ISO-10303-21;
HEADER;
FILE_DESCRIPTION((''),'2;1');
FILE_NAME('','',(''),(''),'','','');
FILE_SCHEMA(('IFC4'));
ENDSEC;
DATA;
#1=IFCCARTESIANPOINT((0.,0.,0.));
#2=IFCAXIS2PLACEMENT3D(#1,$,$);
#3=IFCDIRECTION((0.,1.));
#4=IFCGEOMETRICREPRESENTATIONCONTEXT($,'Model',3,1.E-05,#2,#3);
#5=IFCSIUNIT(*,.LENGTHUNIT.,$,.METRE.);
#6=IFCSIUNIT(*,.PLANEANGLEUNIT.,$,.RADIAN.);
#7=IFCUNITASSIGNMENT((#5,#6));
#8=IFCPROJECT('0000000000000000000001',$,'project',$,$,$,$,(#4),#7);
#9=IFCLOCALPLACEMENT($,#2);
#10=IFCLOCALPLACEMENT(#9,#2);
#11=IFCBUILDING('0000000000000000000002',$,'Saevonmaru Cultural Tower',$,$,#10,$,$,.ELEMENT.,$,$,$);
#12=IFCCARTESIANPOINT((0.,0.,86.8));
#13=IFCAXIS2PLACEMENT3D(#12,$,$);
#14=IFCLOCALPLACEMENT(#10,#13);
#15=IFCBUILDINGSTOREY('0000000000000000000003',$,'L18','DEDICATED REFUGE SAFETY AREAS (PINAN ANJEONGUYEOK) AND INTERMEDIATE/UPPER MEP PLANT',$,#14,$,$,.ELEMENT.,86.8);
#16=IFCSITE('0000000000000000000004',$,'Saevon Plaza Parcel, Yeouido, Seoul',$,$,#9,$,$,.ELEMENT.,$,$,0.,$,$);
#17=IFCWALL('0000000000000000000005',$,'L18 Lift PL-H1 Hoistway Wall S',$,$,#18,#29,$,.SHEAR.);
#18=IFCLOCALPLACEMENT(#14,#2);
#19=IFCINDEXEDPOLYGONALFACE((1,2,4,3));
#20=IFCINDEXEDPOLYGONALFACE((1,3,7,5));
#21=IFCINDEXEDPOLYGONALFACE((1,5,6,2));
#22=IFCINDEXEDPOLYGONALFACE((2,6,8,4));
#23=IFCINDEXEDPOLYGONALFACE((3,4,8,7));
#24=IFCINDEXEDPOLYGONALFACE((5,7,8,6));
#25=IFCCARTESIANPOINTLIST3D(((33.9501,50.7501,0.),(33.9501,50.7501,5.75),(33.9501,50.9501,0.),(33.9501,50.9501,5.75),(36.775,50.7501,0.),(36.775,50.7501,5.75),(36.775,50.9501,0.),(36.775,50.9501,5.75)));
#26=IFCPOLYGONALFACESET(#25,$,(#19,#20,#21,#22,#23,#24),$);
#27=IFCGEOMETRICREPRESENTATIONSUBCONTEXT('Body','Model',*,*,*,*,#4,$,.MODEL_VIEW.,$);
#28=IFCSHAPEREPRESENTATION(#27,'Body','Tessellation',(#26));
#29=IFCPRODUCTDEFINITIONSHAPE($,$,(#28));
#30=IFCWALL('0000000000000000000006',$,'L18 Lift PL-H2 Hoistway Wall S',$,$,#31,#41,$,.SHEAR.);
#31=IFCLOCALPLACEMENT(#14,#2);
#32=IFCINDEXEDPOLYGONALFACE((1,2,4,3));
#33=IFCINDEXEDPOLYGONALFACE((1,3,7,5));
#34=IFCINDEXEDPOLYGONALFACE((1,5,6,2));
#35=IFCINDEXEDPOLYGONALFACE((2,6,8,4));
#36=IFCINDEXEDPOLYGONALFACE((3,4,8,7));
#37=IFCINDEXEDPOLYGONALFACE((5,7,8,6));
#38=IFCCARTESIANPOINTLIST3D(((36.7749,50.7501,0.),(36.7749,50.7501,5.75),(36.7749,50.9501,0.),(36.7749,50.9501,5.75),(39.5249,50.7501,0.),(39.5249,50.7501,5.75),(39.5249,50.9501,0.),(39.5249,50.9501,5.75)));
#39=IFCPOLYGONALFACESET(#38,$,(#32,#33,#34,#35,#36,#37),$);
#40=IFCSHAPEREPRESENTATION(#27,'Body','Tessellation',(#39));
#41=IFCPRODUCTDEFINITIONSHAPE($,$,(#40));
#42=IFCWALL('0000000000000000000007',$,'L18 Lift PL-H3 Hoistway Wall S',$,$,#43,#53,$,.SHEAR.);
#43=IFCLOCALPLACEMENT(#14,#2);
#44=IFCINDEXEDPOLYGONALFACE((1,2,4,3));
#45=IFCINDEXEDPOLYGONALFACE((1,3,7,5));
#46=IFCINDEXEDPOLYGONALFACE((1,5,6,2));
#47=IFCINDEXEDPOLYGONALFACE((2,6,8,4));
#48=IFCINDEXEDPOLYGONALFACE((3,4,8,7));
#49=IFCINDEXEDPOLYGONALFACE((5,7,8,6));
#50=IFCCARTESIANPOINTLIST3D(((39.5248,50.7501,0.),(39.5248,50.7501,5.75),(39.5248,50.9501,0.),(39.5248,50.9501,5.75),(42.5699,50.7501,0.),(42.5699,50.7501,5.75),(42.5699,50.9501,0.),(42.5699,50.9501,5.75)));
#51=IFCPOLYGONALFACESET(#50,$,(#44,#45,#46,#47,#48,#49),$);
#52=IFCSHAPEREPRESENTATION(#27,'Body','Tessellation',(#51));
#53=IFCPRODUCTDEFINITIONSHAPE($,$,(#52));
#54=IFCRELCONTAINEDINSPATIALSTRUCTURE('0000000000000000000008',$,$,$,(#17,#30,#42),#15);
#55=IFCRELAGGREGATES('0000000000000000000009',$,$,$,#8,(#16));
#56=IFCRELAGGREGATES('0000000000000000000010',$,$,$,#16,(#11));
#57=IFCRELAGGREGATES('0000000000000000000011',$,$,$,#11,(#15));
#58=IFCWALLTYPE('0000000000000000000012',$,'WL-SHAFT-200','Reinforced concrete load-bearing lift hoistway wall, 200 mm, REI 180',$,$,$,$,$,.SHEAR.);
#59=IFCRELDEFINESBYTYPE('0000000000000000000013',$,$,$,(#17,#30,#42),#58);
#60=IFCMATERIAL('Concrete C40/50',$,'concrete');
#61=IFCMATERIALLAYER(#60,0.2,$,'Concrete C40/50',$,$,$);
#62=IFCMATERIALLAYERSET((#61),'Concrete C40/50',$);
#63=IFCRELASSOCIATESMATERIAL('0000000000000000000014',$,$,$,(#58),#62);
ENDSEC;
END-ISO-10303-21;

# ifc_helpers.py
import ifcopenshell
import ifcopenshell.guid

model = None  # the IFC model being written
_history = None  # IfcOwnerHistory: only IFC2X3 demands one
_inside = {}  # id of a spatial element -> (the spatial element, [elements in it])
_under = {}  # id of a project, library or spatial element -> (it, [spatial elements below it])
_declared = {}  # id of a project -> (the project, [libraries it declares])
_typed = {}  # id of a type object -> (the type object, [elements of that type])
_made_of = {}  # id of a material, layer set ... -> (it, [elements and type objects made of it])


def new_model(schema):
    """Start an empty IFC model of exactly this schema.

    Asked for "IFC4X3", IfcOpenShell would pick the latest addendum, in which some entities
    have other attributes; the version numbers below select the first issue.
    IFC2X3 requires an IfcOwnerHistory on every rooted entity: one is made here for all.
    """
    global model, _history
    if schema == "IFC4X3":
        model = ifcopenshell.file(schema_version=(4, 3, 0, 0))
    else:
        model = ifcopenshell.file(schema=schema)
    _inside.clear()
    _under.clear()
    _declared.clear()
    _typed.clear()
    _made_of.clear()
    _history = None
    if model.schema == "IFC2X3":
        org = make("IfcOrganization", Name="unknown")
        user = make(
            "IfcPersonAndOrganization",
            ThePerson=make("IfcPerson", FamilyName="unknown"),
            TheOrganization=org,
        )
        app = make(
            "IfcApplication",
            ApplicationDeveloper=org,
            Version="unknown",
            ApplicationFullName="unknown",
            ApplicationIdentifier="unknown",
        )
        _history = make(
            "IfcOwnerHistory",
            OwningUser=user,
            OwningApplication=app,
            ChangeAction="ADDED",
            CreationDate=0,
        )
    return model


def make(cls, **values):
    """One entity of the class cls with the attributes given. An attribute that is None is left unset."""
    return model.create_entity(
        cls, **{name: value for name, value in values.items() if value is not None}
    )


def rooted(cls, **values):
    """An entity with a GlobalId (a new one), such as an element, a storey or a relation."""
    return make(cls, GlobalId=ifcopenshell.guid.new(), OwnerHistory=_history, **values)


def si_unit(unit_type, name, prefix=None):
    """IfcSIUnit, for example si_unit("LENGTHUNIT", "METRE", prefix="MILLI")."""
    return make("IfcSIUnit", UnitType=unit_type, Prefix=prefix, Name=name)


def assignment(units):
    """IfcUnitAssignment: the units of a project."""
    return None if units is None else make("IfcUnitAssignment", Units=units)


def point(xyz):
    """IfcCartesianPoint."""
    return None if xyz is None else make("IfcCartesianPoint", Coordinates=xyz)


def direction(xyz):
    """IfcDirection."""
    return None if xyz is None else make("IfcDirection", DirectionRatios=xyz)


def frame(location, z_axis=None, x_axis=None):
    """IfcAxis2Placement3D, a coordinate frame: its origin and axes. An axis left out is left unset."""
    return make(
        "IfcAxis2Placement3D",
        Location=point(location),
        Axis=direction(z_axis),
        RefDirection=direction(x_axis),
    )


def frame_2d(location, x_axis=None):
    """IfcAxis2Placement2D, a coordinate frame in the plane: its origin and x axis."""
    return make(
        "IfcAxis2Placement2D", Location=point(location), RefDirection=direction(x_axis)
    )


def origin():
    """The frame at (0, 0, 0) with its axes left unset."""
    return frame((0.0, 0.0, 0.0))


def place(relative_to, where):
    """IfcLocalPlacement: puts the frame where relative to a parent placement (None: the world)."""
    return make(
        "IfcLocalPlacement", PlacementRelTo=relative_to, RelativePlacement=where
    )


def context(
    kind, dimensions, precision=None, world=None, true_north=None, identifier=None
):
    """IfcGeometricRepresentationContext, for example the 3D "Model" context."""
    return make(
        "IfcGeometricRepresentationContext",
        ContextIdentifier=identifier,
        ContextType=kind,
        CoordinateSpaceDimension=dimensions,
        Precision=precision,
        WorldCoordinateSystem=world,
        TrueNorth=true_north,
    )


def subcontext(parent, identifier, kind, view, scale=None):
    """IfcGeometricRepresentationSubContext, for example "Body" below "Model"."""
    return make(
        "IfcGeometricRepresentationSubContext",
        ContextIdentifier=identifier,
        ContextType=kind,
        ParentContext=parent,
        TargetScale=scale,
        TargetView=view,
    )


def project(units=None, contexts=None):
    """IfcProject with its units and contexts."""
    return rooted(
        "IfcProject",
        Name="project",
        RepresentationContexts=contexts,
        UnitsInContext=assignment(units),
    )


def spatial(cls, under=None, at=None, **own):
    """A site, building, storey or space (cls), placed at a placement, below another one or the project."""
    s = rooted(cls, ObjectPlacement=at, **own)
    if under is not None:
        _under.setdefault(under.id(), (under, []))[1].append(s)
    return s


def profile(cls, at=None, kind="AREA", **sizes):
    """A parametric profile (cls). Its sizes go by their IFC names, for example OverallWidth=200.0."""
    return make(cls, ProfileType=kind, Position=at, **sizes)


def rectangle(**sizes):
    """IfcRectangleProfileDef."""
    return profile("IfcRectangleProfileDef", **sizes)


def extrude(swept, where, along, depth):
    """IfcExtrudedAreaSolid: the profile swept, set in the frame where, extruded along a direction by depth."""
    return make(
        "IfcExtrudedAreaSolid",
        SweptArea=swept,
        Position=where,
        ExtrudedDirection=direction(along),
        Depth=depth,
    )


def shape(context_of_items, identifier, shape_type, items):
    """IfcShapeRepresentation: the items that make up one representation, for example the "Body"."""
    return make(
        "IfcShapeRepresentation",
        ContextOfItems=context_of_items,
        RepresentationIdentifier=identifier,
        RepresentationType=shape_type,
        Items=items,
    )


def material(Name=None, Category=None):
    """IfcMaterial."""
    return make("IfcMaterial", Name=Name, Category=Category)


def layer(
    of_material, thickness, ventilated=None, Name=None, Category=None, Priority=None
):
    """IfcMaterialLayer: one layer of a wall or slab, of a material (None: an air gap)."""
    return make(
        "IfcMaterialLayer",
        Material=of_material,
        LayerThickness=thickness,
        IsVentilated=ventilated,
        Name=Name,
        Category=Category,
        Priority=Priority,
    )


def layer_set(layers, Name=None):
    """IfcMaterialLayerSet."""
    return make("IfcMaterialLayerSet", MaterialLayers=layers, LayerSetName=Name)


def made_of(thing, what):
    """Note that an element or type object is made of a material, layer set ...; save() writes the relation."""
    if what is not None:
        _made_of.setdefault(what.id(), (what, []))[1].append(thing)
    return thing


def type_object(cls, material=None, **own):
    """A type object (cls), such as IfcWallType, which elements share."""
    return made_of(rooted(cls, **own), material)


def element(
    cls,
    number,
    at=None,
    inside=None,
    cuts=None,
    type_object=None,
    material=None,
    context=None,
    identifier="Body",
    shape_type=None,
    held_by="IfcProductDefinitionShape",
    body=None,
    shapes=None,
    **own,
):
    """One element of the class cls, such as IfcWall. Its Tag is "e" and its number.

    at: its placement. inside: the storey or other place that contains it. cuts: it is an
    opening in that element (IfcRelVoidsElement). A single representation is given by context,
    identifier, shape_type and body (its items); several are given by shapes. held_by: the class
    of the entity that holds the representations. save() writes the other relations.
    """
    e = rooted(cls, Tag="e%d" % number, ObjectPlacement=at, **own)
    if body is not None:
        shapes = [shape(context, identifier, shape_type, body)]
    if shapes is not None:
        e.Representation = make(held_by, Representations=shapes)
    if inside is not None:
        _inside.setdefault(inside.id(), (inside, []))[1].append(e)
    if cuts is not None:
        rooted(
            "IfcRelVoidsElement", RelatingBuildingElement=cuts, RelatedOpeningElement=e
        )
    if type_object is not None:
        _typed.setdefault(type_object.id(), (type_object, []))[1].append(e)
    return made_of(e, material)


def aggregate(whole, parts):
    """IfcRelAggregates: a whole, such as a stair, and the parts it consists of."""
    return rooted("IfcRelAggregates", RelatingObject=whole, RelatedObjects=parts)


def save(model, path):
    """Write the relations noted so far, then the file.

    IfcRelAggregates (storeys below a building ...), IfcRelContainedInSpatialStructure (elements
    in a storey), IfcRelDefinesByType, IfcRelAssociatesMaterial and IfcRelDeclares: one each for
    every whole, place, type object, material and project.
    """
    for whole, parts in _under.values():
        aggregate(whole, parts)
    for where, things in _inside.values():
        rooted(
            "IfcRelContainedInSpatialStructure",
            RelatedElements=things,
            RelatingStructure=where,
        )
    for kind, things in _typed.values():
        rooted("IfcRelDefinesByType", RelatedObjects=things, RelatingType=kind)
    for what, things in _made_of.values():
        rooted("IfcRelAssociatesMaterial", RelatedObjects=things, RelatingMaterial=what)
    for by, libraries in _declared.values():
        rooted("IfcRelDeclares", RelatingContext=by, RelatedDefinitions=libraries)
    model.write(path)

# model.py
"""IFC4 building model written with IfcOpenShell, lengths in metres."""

from ifc_helpers import new_model, si_unit, direction, frame, frame_2d, origin, place, context, subcontext, project, spatial, rectangle, extrude, material, layer, layer_set, type_object, element, save


model = new_model("IFC4")

# Units and contexts
model_context = context("Model", 3, precision=1e-05, world=origin(), true_north=direction((0.0, 1.0)))
body_context = subcontext(model_context, "Body", "Model", "MODEL_VIEW")
ifc_project = project(units=[si_unit("LENGTHUNIT", "METRE"), si_unit("PLANEANGLEUNIT", "RADIAN")], contexts=[model_context])

# Site, building, storey
site_placement = place(None, origin())
site = spatial("IfcSite", under=ifc_project, at=site_placement, Name="Saevon Plaza Parcel, Yeouido, Seoul", CompositionType="ELEMENT", RefElevation=0.0)
building_placement = place(site_placement, origin())
building = spatial("IfcBuilding", under=site, at=building_placement, Name="Saevonmaru Cultural Tower", CompositionType="ELEMENT")
storey_placement = place(building_placement, frame((0.0, 0.0, 86.8)))
storey = spatial("IfcBuildingStorey", under=building, at=storey_placement, Name="L18", Description="DEDICATED REFUGE SAFETY AREAS (PINAN ANJEONGUYEOK) AND INTERMEDIATE/UPPER MEP PLANT", CompositionType="ELEMENT", Elevation=86.8)

# Walls
ifc_material_1 = material(Name="Concrete C40/50", Category="concrete")
ifc_layer_1 = layer(ifc_material_1, 0.2, Name="Concrete C40/50")
ifc_layer_set_1 = layer_set([ifc_layer_1], Name="Concrete C40/50")
wall_type_1 = type_object("IfcWallType", Name="WL-SHAFT-200", Description="Reinforced concrete load-bearing lift hoistway wall, 200 mm, REI 180", PredefinedType="SHEAR", material=ifc_layer_set_1)
wall_1_placement = place(storey_placement, frame((33.95, 50.8501, 0.0), z_axis=(0.0, 0.0, 1.0), x_axis=(1.0, 0.0, 0.0)))
element("IfcWall", 1, at=wall_1_placement, inside=storey, type_object=wall_type_1, Name="L18 Lift PL-H1 Hoistway Wall S", PredefinedType="SHEAR", context=body_context, shape_type="SweptSolid", body=[
    extrude(rectangle(XDim=2.825, YDim=0.2, at=frame_2d((1.4126, 0.0))), origin(), (0.0, 0.0, 1.0), 5.75),
])
wall_2_placement = place(storey_placement, frame((36.7749, 50.8501, 0.0), z_axis=(0.0, 0.0, 1.0), x_axis=(1.0, 0.0, 0.0)))
element("IfcWall", 2, at=wall_2_placement, inside=storey, type_object=wall_type_1, Name="L18 Lift PL-H2 Hoistway Wall S", PredefinedType="SHEAR", context=body_context, shape_type="SweptSolid", body=[
    extrude(rectangle(XDim=2.75, YDim=0.2, at=frame_2d((1.375, 0.0))), origin(), (0.0, 0.0, 1.0), 5.75),
])
wall_3_placement = place(storey_placement, frame((39.5249, 50.8501, 0.0), z_axis=(0.0, 0.0, 1.0), x_axis=(1.0, 0.0, 0.0)))
element("IfcWall", 3, at=wall_3_placement, inside=storey, type_object=wall_type_1, Name="L18 Lift PL-H3 Hoistway Wall S", PredefinedType="SHEAR", context=body_context, shape_type="SweptSolid", body=[
    extrude(rectangle(XDim=3.0452, YDim=0.2, at=frame_2d((1.5225, 0.0))), origin(), (0.0, 0.0, 1.0), 5.75),
])

save(model, "model.ifc")
